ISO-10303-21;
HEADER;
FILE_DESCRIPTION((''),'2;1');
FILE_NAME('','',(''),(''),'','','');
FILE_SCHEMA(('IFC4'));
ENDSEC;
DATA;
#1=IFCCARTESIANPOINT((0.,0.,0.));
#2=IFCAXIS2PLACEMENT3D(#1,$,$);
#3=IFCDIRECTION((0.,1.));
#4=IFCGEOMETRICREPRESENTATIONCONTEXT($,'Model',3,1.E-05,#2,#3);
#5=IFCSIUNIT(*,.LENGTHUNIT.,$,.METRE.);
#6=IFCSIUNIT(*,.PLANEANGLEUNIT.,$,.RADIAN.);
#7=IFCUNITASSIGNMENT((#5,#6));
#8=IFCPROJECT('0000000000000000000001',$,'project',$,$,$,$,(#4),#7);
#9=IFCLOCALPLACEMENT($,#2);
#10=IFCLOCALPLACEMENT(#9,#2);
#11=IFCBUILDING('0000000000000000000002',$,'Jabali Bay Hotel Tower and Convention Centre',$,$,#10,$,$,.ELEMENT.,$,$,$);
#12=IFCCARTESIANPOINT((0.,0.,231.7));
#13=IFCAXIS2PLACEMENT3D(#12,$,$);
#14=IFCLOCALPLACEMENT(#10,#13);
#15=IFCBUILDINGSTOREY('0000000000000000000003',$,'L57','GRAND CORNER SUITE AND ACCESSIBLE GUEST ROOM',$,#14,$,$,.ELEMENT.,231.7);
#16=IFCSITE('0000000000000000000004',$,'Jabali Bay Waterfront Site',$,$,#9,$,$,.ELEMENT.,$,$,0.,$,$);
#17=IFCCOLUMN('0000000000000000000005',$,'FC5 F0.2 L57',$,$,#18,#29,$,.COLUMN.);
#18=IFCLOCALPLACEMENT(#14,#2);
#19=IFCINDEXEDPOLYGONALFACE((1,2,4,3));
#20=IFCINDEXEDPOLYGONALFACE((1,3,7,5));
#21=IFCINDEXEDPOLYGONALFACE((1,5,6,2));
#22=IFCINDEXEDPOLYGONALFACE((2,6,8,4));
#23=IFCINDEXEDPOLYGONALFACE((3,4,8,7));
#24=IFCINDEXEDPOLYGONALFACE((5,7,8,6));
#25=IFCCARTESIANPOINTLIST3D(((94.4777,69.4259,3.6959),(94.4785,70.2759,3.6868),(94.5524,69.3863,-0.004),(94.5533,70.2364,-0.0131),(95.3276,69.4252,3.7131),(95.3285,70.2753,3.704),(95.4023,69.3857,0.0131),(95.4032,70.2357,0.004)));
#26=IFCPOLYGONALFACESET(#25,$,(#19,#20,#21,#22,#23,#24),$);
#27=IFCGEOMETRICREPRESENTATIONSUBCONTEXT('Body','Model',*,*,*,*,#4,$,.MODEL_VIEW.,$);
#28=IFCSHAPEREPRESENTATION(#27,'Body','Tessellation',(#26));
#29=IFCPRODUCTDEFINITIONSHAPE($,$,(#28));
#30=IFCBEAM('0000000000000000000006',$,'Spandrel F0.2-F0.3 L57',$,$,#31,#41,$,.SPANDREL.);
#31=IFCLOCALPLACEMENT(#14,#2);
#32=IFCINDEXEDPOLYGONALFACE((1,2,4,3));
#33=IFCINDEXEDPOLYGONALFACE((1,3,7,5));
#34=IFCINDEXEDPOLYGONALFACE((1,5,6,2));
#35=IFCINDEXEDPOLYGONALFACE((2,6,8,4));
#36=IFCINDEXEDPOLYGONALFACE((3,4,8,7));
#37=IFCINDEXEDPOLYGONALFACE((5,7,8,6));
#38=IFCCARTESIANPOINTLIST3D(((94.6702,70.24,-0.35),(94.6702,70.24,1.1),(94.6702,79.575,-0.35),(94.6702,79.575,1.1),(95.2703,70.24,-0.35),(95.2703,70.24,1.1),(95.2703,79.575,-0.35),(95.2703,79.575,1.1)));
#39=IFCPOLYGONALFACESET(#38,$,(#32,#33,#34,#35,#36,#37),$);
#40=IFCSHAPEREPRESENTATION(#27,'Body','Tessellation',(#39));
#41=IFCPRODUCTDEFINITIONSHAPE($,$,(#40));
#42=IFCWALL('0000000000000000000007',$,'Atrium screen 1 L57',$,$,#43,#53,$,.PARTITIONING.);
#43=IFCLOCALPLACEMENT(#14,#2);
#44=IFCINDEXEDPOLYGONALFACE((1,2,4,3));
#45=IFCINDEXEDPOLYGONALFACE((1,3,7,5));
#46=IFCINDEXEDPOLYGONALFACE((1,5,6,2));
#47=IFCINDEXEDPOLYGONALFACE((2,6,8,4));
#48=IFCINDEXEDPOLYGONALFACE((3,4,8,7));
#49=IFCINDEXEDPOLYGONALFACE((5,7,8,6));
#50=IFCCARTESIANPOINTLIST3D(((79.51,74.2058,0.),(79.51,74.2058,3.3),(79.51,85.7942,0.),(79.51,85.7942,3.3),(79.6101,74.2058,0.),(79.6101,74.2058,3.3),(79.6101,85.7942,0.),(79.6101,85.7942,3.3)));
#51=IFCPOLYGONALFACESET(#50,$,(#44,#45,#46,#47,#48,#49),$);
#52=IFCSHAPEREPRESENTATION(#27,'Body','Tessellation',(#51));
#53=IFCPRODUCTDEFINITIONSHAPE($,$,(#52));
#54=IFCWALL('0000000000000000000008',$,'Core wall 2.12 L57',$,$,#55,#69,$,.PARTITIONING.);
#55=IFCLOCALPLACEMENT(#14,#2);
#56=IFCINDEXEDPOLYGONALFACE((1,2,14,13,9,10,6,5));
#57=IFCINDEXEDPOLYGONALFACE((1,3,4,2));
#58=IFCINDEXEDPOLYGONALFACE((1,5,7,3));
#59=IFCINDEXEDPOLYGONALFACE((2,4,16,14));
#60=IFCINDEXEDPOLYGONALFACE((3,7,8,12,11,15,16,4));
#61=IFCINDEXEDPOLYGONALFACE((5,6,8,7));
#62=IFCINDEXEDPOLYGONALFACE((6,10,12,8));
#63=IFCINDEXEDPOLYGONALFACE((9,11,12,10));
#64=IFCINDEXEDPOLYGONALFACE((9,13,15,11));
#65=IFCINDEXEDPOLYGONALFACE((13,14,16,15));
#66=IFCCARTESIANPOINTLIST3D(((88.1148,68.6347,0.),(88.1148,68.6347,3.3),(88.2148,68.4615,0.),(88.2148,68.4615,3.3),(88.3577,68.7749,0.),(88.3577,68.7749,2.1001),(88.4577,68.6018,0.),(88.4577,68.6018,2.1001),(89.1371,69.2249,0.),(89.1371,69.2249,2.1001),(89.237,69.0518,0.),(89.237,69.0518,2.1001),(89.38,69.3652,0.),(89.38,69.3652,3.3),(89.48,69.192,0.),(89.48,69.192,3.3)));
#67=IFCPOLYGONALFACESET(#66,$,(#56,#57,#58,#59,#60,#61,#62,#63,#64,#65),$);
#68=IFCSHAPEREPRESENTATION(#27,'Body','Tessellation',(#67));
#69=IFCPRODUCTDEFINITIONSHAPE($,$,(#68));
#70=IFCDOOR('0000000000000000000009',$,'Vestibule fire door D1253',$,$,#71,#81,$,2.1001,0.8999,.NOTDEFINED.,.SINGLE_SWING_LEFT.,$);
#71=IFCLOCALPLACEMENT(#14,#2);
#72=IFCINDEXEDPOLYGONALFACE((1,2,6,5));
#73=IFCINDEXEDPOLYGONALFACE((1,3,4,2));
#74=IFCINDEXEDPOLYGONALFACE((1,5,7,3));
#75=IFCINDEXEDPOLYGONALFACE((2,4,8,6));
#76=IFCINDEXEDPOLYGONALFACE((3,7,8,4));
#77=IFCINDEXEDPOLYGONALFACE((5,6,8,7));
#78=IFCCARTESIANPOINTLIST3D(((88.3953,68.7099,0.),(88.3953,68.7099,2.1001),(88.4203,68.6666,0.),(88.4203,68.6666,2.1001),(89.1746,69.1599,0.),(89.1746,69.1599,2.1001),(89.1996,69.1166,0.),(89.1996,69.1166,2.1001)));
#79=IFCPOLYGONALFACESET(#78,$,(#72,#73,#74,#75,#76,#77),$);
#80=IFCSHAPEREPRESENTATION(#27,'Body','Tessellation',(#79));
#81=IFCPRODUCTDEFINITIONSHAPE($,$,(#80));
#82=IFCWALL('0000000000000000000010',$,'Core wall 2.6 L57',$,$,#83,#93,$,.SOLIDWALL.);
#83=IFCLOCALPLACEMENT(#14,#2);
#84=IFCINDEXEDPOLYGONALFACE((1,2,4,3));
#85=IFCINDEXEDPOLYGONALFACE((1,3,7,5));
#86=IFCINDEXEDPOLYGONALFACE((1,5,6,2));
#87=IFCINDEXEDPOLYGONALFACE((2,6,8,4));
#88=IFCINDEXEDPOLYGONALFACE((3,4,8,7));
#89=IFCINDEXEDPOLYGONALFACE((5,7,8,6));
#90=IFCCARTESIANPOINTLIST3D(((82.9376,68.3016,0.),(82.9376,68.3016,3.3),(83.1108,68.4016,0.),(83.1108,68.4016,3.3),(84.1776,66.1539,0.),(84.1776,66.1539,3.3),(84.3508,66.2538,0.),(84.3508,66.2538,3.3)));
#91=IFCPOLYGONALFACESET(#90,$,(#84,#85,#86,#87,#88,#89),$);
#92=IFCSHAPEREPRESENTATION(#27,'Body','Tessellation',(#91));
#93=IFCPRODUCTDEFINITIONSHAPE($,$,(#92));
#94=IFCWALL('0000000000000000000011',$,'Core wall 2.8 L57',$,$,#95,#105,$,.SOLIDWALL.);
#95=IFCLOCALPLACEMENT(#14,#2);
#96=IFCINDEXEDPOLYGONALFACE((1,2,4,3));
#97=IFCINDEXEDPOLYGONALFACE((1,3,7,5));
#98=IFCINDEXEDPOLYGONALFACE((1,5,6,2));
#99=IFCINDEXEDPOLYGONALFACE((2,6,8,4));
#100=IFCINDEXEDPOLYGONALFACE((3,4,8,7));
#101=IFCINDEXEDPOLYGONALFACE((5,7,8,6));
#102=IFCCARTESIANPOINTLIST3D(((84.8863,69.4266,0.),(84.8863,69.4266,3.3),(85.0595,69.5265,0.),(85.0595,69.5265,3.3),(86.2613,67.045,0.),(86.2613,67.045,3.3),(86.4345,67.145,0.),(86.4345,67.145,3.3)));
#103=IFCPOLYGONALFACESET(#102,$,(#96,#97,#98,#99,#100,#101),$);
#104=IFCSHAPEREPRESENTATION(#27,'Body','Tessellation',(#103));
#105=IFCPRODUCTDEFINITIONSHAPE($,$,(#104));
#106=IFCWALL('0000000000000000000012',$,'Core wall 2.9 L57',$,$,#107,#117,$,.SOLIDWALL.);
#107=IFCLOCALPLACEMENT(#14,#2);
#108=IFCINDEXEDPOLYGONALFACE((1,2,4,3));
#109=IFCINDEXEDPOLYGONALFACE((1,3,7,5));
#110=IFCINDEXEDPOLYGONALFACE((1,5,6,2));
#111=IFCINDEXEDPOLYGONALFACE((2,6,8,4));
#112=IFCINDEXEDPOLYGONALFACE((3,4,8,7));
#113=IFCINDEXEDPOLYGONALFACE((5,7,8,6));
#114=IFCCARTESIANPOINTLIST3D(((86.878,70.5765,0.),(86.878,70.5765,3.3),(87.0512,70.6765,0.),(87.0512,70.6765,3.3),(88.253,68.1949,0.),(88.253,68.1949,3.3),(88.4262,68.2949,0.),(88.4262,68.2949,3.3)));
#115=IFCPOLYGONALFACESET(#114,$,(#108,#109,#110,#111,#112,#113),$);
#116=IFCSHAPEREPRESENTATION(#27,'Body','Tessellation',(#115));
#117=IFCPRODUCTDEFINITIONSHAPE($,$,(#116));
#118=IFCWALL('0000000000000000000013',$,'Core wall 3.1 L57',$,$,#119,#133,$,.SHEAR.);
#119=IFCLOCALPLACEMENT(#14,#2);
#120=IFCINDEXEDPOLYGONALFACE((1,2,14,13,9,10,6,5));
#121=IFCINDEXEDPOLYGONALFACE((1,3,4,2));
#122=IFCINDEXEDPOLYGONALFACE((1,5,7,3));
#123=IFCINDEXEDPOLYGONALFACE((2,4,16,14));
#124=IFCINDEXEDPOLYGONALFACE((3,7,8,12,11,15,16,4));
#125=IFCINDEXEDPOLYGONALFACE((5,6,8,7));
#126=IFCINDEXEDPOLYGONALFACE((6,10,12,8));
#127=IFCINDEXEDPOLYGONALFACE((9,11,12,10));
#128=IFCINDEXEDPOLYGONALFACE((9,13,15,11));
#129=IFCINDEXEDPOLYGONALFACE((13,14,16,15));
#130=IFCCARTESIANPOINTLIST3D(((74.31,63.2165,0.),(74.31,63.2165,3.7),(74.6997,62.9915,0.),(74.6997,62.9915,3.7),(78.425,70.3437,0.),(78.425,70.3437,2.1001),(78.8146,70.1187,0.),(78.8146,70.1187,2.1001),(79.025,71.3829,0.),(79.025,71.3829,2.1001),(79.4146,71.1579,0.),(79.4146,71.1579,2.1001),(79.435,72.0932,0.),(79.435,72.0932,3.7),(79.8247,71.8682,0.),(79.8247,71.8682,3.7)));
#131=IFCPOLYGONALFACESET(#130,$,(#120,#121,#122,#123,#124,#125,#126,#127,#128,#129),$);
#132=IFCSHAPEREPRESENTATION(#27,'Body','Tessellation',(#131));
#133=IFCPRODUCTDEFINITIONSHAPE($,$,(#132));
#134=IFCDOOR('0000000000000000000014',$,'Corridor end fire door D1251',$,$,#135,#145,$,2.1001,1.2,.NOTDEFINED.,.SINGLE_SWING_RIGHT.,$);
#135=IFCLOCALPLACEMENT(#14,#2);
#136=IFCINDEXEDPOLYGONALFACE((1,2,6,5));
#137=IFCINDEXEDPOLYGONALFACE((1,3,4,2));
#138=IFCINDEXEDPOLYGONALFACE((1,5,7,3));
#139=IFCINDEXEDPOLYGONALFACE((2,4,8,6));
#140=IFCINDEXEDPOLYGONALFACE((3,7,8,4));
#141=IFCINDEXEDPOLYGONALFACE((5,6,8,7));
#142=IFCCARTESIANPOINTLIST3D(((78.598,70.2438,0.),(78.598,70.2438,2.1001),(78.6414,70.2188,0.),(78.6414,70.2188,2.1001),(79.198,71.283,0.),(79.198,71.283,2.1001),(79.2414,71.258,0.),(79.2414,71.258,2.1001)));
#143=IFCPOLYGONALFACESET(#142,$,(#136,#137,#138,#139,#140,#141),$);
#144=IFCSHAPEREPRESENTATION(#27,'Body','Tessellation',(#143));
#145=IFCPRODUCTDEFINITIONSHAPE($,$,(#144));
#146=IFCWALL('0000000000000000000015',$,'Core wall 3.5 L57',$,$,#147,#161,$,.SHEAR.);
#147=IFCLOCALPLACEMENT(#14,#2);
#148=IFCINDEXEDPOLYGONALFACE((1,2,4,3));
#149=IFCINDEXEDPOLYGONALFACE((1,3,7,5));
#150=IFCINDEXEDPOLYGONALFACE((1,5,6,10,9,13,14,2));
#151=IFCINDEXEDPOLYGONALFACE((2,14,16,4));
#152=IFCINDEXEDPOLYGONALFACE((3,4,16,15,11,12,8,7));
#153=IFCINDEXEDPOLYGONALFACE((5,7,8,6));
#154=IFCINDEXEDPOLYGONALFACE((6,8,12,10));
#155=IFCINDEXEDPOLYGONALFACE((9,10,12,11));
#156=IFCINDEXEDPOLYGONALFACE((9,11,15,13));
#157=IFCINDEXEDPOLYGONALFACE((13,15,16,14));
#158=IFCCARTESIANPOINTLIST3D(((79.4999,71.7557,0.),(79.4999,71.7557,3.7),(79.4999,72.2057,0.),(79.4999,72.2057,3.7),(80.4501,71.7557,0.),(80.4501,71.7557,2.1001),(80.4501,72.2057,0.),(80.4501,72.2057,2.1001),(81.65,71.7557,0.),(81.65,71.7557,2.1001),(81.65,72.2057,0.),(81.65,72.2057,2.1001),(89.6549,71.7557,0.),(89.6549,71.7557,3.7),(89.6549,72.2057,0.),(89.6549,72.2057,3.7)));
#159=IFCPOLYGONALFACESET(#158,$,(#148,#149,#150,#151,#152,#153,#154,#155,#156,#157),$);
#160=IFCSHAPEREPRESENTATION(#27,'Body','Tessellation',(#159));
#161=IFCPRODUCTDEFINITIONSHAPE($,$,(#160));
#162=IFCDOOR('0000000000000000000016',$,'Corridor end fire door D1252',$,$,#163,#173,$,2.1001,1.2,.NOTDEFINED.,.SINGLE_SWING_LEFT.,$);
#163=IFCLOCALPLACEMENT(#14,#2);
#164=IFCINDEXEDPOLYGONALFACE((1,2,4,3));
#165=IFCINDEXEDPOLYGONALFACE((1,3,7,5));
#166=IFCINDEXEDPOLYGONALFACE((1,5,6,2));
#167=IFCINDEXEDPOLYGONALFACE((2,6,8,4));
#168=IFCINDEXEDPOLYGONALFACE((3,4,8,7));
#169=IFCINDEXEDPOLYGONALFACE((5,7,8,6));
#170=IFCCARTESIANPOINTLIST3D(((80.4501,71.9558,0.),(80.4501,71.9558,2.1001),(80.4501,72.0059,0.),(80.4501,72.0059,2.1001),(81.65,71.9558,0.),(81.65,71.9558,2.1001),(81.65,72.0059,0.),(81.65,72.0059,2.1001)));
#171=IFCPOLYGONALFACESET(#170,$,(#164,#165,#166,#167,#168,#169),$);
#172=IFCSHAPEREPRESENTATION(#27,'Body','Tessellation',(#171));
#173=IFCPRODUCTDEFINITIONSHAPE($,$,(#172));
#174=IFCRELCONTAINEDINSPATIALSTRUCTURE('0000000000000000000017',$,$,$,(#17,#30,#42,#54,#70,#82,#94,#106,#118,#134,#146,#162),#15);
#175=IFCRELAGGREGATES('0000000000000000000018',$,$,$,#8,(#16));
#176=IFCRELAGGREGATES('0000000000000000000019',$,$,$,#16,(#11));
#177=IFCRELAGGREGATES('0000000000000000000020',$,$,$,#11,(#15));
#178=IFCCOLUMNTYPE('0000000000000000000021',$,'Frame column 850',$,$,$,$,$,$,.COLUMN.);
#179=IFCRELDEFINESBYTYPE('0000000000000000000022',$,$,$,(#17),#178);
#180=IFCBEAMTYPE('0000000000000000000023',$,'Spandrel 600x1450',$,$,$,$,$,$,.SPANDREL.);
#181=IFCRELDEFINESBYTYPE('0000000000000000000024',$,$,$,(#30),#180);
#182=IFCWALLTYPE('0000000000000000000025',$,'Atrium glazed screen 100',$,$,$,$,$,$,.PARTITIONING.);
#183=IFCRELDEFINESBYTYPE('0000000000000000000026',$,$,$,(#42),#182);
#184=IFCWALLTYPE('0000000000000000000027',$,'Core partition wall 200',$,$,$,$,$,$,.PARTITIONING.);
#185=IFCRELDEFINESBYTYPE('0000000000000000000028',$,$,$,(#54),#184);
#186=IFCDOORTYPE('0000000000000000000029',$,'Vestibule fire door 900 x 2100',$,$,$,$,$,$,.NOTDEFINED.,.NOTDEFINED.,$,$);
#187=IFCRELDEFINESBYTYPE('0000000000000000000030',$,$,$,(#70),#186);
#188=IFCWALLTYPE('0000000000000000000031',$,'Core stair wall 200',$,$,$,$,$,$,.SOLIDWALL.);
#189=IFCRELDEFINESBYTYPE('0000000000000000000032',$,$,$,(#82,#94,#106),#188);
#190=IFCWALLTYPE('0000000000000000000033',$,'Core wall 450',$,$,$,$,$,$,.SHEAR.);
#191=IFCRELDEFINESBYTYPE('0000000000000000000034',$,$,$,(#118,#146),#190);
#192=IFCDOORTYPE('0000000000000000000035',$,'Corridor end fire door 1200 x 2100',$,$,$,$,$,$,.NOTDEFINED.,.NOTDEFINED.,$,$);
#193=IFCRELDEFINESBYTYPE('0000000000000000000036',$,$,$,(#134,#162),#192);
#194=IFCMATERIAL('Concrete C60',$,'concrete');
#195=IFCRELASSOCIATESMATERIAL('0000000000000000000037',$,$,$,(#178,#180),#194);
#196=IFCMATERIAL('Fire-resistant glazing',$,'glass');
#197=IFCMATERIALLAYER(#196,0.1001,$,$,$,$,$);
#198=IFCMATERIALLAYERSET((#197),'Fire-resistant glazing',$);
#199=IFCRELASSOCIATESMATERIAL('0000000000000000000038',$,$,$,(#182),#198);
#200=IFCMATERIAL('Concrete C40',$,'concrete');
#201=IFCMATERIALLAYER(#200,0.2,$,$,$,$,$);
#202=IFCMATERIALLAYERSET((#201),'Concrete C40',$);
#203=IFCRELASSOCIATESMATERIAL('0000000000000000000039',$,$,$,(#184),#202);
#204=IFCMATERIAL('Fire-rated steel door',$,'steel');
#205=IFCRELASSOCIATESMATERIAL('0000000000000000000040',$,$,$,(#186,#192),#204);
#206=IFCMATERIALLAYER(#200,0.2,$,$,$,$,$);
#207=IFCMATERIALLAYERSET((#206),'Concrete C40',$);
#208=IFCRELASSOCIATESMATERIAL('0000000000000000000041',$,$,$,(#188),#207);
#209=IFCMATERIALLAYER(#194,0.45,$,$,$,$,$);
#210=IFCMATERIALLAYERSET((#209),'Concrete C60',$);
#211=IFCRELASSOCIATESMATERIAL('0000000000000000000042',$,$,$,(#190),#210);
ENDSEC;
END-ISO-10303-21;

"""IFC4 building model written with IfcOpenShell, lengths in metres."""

from ifc_helpers import new_model, si_unit, direction, frame, frame_2d, origin, origin_2d, place, context, subcontext, project, spatial, rectangle, extrude, material, layer, layer_set, material_profile, profile_set, type_object, element, fill, save


model = new_model("IFC4")

# Units and contexts
model_context = context("Model", 3, precision=1e-05, world=origin(), true_north=direction((0.0, 1.0)))
body_context = subcontext(model_context, "Body", "Model", "MODEL_VIEW")
ifc_project = project(units=[si_unit("LENGTHUNIT", "METRE"), si_unit("PLANEANGLEUNIT", "RADIAN")], contexts=[model_context])

# Site, building, storey
site_placement = place(None, origin())
site = spatial("IfcSite", under=ifc_project, at=site_placement, Name="Jabali Bay Waterfront Site", CompositionType="ELEMENT", RefElevation=0.0)
building_placement = place(site_placement, origin())
building = spatial("IfcBuilding", under=site, at=building_placement, Name="Jabali Bay Hotel Tower and Convention Centre", CompositionType="ELEMENT")
storey_placement = place(building_placement, frame((0.0, 0.0, 231.7)))
storey = spatial("IfcBuildingStorey", under=building, at=storey_placement, Name="L57", Description="GRAND CORNER SUITE AND ACCESSIBLE GUEST ROOM", CompositionType="ELEMENT", Elevation=231.7)

# Column
ifc_material_1 = material(Name="Concrete C60", Category="concrete")
ifc_material_profile_1 = material_profile(ifc_material_1, rectangle(XDim=0.8501, YDim=0.8501, at=origin_2d()), Name="Frame column 850")
ifc_profile_set_1 = profile_set([ifc_material_profile_1], Name="Concrete C60")
column_type = type_object("IfcColumnType", Name="Frame column 850", PredefinedType="COLUMN", material=ifc_profile_set_1)
column_placement = place(storey_placement, frame((94.9778, 69.811, 0.0), z_axis=(-0.020186, 0.010687, 0.999739), x_axis=(-0.001013, -0.999943, 0.010668)))
element("IfcColumn", 1, at=column_placement, inside=storey, type_object=column_type, Name="FC5 F0.2 L57", PredefinedType="COLUMN", context=body_context, shape_type="SweptSolid", body=[
    extrude(rectangle(XDim=0.8501, YDim=0.8501, at=origin_2d()), origin(), (0.0, 0.0, 1.0), 3.7009),
])

# Beam
ifc_material_profile_2 = material_profile(ifc_material_1, rectangle(XDim=0.6001, YDim=1.45, at=origin_2d()), Name="Spandrel 600x1450")
ifc_profile_set_2 = profile_set([ifc_material_profile_2], Name="Concrete C60")
beam_type = type_object("IfcBeamType", Name="Spandrel 600x1450", PredefinedType="SPANDREL", material=ifc_profile_set_2)
beam_placement = place(storey_placement, frame((94.9702, 70.24, 0.375), z_axis=(0.0, 1.0, 0.0), x_axis=(-1.0, 0.0, 0.0)))
element("IfcBeam", 2, at=beam_placement, inside=storey, type_object=beam_type, Name="Spandrel F0.2-F0.3 L57", PredefinedType="SPANDREL", context=body_context, shape_type="SweptSolid", body=[
    extrude(rectangle(XDim=0.6001, YDim=1.45, at=origin_2d()), origin(), (0.0, 0.0, 1.0), 9.335),
])

# Wall
ifc_material_2 = material(Name="Fire-resistant glazing", Category="glass")
ifc_layer_1 = layer(ifc_material_2, 0.1001)
ifc_layer_set_1 = layer_set([ifc_layer_1], Name="Fire-resistant glazing")
wall_type_1 = type_object("IfcWallType", Name="Atrium glazed screen 100", PredefinedType="PARTITIONING", material=ifc_layer_set_1)
wall_1_placement = place(storey_placement, frame((79.5601, 74.2058, 0.0), z_axis=(0.0, 0.0, 1.0), x_axis=(0.0, 1.0, 0.0)))
element("IfcWall", 3, at=wall_1_placement, inside=storey, type_object=wall_type_1, Name="Atrium screen 1 L57", PredefinedType="PARTITIONING", context=body_context, shape_type="SweptSolid", body=[
    extrude(rectangle(XDim=11.5884, YDim=0.1001, at=frame_2d((5.7942, 0.0))), origin(), (0.0, 0.0, 1.0), 3.3),
])

# Wall, opening, door
ifc_material_3 = material(Name="Concrete C40", Category="concrete")
ifc_layer_2 = layer(ifc_material_3, 0.2)
ifc_layer_set_2 = layer_set([ifc_layer_2], Name="Concrete C40")
wall_type_2 = type_object("IfcWallType", Name="Core partition wall 200", PredefinedType="PARTITIONING", material=ifc_layer_set_2)
wall_2_placement = place(storey_placement, frame((88.1648, 68.5481, 0.0), z_axis=(0.0, 0.0, 1.0), x_axis=(0.866013, 0.500021, 0.0)))
wall_2 = element("IfcWall", 4, at=wall_2_placement, inside=storey, type_object=wall_type_2, Name="Core wall 2.12 L57", PredefinedType="PARTITIONING", context=body_context, shape_type="SweptSolid", body=[
    extrude(rectangle(XDim=1.4609, YDim=0.2, at=frame_2d((0.7305, 0.0))), origin(), (0.0, 0.0, 1.0), 3.3),
])
opening_1_placement = place(wall_2_placement, frame((0.2805, 0.0, 0.0)))
opening_1 = element("IfcOpeningElement", 5, at=opening_1_placement, cuts=wall_2, PredefinedType="OPENING", context=body_context, shape_type="SweptSolid", body=[
    extrude(rectangle(XDim=0.8999, YDim=2.1001, at=frame_2d((0.45, 1.05))), frame((0.0, 0.1104, 0.0), z_axis=(0.0, -1.0, 0.0), x_axis=(1.0, 0.0, 0.0)), (0.0, 0.0, 1.0), 0.2209),
])
ifc_material_4 = material(Name="Fire-rated steel door", Category="steel")
door_type_1 = type_object("IfcDoorType", Name="Vestibule fire door 900 x 2100", OperationType="NOTDEFINED", PredefinedType="NOTDEFINED", material=ifc_material_4)
door_1_placement = place(opening_1_placement, origin())
door_1 = element("IfcDoor", 6, at=door_1_placement, inside=storey, type_object=door_type_1, Name="Vestibule fire door D1253", OperationType="SINGLE_SWING_LEFT", OverallHeight=2.1001, OverallWidth=0.8999, PredefinedType="NOTDEFINED", context=body_context, shape_type="SweptSolid", body=[
    extrude(rectangle(XDim=0.8999, YDim=2.1001, at=frame_2d((0.45, 1.05))), frame((0.0, 0.0249, 0.0), z_axis=(0.0, -1.0, 0.0), x_axis=(1.0, 0.0, 0.0)), (0.0, 0.0, 1.0), 0.05),
])
fill(opening_1, door_1)

# Walls
ifc_layer_3 = layer(ifc_material_3, 0.2)
ifc_layer_set_3 = layer_set([ifc_layer_3], Name="Concrete C40")
wall_type_3 = type_object("IfcWallType", Name="Core stair wall 200", PredefinedType="SOLIDWALL", material=ifc_layer_set_3)
wall_3_placement = place(storey_placement, frame((83.0242, 68.3516, 0.0), z_axis=(0.0, 0.0, 1.0), x_axis=(0.500004, -0.866023, 0.0)))
element("IfcWall", 7, at=wall_3_placement, inside=storey, type_object=wall_type_3, Name="Core wall 2.6 L57", PredefinedType="SOLIDWALL", context=body_context, shape_type="SweptSolid", body=[
    extrude(rectangle(XDim=2.48, YDim=0.2, at=frame_2d((1.24, 0.0))), origin(), (0.0, 0.0, 1.0), 3.3),
])
for number, where, z_axis, x_axis, name in (
    (8, (84.9729, 69.4766, 0.0), (0.0, 0.0, 1.0), (0.499997, -0.866027, 0.0), "Core wall 2.8 L57"),
    (9, (86.9646, 70.6265, 0.0), (0.0, 0.0, 1.0), (0.499997, -0.866027, 0.0), "Core wall 2.9 L57"),
):
    element("IfcWall", number, at=place(storey_placement, frame(where, z_axis=z_axis, x_axis=x_axis)), inside=storey, type_object=wall_type_3, Name=name, PredefinedType="SOLIDWALL", context=body_context, shape_type="SweptSolid", body=[
        extrude(rectangle(XDim=2.75, YDim=0.2, at=frame_2d((1.375, 0.0))), origin(), (0.0, 0.0, 1.0), 3.3),
    ])

# Walls, openings, doors
ifc_layer_4 = layer(ifc_material_1, 0.45)
ifc_layer_set_4 = layer_set([ifc_layer_4], Name="Concrete C60")
wall_type_4 = type_object("IfcWallType", Name="Core wall 450", PredefinedType="SHEAR", material=ifc_layer_set_4)
wall_4_placement = place(storey_placement, frame((79.6299, 71.9807, 0.0), z_axis=(0.0, 0.0, 1.0), x_axis=(-0.500002, -0.866024, 0.0)))
wall_4 = element("IfcWall", 10, at=wall_4_placement, inside=storey, type_object=wall_type_4, Name="Core wall 3.1 L57", PredefinedType="SHEAR", context=body_context, shape_type="SweptSolid", body=[
    extrude(rectangle(XDim=10.25, YDim=0.45, at=frame_2d((5.125, 0.0))), origin(), (0.0, 0.0, 1.0), 3.7),
])
opening_2_placement = place(wall_4_placement, frame((0.8201, 0.0, 0.0)))
opening_2 = element("IfcOpeningElement", 11, at=opening_2_placement, cuts=wall_4, PredefinedType="OPENING", context=body_context, shape_type="SweptSolid", body=[
    extrude(rectangle(XDim=1.2, YDim=2.1001, at=frame_2d((0.6001, 1.05))), frame((0.0, 0.2354, 0.0), z_axis=(0.0, -1.0, 0.0), x_axis=(1.0, 0.0, 0.0)), (0.0, 0.0, 1.0), 0.4709),
])
door_type_2 = type_object("IfcDoorType", Name="Corridor end fire door 1200 x 2100", OperationType="NOTDEFINED", PredefinedType="NOTDEFINED", material=ifc_material_4)
door_2_placement = place(opening_2_placement, origin())
door_2 = element("IfcDoor", 12, at=door_2_placement, inside=storey, type_object=door_type_2, Name="Corridor end fire door D1251", OperationType="SINGLE_SWING_RIGHT", OverallHeight=2.1001, OverallWidth=1.2, PredefinedType="NOTDEFINED", context=body_context, shape_type="SweptSolid", body=[
    extrude(rectangle(XDim=1.2, YDim=2.1001, at=frame_2d((0.6001, 1.05))), frame((0.0, 0.0249, 0.0), z_axis=(0.0, -1.0, 0.0), x_axis=(1.0, 0.0, 0.0)), (0.0, 0.0, 1.0), 0.05),
])
fill(opening_2, door_2)
wall_5_placement = place(storey_placement, frame((89.655, 71.9807, 0.0), z_axis=(0.0, 0.0, 1.0), x_axis=(-1.0, 0.0, 0.0)))
wall_5 = element("IfcWall", 13, at=wall_5_placement, inside=storey, type_object=wall_type_4, Name="Core wall 3.5 L57", PredefinedType="SHEAR", context=body_context, shape_type="SweptSolid", body=[
    extrude(rectangle(XDim=10.155, YDim=0.45, at=frame_2d((5.0776, 0.0))), origin(), (0.0, 0.0, 1.0), 3.7),
])
opening_3_placement = place(wall_5_placement, frame((8.0049, 0.0, 0.0)))
opening_3 = element("IfcOpeningElement", 14, at=opening_3_placement, cuts=wall_5, PredefinedType="OPENING", context=body_context, shape_type="SweptSolid", body=[
    extrude(rectangle(XDim=1.2, YDim=2.1001, at=frame_2d((0.6001, 1.05))), frame((0.0, 0.2354, 0.0), z_axis=(0.0, -1.0, 0.0), x_axis=(1.0, 0.0, 0.0)), (0.0, 0.0, 1.0), 0.4709),
])
door_3_placement = place(opening_3_placement, origin())
door_3 = element("IfcDoor", 15, at=door_3_placement, inside=storey, type_object=door_type_2, Name="Corridor end fire door D1252", OperationType="SINGLE_SWING_LEFT", OverallHeight=2.1001, OverallWidth=1.2, PredefinedType="NOTDEFINED", context=body_context, shape_type="SweptSolid", body=[
    extrude(rectangle(XDim=1.2, YDim=2.1001, at=frame_2d((0.6001, 1.05))), frame((0.0, 0.0249, 0.0), z_axis=(0.0, -1.0, 0.0), x_axis=(1.0, 0.0, 0.0)), (0.0, 0.0, 1.0), 0.05),
])
fill(opening_3, door_3)

save(model, "model.ifc")
